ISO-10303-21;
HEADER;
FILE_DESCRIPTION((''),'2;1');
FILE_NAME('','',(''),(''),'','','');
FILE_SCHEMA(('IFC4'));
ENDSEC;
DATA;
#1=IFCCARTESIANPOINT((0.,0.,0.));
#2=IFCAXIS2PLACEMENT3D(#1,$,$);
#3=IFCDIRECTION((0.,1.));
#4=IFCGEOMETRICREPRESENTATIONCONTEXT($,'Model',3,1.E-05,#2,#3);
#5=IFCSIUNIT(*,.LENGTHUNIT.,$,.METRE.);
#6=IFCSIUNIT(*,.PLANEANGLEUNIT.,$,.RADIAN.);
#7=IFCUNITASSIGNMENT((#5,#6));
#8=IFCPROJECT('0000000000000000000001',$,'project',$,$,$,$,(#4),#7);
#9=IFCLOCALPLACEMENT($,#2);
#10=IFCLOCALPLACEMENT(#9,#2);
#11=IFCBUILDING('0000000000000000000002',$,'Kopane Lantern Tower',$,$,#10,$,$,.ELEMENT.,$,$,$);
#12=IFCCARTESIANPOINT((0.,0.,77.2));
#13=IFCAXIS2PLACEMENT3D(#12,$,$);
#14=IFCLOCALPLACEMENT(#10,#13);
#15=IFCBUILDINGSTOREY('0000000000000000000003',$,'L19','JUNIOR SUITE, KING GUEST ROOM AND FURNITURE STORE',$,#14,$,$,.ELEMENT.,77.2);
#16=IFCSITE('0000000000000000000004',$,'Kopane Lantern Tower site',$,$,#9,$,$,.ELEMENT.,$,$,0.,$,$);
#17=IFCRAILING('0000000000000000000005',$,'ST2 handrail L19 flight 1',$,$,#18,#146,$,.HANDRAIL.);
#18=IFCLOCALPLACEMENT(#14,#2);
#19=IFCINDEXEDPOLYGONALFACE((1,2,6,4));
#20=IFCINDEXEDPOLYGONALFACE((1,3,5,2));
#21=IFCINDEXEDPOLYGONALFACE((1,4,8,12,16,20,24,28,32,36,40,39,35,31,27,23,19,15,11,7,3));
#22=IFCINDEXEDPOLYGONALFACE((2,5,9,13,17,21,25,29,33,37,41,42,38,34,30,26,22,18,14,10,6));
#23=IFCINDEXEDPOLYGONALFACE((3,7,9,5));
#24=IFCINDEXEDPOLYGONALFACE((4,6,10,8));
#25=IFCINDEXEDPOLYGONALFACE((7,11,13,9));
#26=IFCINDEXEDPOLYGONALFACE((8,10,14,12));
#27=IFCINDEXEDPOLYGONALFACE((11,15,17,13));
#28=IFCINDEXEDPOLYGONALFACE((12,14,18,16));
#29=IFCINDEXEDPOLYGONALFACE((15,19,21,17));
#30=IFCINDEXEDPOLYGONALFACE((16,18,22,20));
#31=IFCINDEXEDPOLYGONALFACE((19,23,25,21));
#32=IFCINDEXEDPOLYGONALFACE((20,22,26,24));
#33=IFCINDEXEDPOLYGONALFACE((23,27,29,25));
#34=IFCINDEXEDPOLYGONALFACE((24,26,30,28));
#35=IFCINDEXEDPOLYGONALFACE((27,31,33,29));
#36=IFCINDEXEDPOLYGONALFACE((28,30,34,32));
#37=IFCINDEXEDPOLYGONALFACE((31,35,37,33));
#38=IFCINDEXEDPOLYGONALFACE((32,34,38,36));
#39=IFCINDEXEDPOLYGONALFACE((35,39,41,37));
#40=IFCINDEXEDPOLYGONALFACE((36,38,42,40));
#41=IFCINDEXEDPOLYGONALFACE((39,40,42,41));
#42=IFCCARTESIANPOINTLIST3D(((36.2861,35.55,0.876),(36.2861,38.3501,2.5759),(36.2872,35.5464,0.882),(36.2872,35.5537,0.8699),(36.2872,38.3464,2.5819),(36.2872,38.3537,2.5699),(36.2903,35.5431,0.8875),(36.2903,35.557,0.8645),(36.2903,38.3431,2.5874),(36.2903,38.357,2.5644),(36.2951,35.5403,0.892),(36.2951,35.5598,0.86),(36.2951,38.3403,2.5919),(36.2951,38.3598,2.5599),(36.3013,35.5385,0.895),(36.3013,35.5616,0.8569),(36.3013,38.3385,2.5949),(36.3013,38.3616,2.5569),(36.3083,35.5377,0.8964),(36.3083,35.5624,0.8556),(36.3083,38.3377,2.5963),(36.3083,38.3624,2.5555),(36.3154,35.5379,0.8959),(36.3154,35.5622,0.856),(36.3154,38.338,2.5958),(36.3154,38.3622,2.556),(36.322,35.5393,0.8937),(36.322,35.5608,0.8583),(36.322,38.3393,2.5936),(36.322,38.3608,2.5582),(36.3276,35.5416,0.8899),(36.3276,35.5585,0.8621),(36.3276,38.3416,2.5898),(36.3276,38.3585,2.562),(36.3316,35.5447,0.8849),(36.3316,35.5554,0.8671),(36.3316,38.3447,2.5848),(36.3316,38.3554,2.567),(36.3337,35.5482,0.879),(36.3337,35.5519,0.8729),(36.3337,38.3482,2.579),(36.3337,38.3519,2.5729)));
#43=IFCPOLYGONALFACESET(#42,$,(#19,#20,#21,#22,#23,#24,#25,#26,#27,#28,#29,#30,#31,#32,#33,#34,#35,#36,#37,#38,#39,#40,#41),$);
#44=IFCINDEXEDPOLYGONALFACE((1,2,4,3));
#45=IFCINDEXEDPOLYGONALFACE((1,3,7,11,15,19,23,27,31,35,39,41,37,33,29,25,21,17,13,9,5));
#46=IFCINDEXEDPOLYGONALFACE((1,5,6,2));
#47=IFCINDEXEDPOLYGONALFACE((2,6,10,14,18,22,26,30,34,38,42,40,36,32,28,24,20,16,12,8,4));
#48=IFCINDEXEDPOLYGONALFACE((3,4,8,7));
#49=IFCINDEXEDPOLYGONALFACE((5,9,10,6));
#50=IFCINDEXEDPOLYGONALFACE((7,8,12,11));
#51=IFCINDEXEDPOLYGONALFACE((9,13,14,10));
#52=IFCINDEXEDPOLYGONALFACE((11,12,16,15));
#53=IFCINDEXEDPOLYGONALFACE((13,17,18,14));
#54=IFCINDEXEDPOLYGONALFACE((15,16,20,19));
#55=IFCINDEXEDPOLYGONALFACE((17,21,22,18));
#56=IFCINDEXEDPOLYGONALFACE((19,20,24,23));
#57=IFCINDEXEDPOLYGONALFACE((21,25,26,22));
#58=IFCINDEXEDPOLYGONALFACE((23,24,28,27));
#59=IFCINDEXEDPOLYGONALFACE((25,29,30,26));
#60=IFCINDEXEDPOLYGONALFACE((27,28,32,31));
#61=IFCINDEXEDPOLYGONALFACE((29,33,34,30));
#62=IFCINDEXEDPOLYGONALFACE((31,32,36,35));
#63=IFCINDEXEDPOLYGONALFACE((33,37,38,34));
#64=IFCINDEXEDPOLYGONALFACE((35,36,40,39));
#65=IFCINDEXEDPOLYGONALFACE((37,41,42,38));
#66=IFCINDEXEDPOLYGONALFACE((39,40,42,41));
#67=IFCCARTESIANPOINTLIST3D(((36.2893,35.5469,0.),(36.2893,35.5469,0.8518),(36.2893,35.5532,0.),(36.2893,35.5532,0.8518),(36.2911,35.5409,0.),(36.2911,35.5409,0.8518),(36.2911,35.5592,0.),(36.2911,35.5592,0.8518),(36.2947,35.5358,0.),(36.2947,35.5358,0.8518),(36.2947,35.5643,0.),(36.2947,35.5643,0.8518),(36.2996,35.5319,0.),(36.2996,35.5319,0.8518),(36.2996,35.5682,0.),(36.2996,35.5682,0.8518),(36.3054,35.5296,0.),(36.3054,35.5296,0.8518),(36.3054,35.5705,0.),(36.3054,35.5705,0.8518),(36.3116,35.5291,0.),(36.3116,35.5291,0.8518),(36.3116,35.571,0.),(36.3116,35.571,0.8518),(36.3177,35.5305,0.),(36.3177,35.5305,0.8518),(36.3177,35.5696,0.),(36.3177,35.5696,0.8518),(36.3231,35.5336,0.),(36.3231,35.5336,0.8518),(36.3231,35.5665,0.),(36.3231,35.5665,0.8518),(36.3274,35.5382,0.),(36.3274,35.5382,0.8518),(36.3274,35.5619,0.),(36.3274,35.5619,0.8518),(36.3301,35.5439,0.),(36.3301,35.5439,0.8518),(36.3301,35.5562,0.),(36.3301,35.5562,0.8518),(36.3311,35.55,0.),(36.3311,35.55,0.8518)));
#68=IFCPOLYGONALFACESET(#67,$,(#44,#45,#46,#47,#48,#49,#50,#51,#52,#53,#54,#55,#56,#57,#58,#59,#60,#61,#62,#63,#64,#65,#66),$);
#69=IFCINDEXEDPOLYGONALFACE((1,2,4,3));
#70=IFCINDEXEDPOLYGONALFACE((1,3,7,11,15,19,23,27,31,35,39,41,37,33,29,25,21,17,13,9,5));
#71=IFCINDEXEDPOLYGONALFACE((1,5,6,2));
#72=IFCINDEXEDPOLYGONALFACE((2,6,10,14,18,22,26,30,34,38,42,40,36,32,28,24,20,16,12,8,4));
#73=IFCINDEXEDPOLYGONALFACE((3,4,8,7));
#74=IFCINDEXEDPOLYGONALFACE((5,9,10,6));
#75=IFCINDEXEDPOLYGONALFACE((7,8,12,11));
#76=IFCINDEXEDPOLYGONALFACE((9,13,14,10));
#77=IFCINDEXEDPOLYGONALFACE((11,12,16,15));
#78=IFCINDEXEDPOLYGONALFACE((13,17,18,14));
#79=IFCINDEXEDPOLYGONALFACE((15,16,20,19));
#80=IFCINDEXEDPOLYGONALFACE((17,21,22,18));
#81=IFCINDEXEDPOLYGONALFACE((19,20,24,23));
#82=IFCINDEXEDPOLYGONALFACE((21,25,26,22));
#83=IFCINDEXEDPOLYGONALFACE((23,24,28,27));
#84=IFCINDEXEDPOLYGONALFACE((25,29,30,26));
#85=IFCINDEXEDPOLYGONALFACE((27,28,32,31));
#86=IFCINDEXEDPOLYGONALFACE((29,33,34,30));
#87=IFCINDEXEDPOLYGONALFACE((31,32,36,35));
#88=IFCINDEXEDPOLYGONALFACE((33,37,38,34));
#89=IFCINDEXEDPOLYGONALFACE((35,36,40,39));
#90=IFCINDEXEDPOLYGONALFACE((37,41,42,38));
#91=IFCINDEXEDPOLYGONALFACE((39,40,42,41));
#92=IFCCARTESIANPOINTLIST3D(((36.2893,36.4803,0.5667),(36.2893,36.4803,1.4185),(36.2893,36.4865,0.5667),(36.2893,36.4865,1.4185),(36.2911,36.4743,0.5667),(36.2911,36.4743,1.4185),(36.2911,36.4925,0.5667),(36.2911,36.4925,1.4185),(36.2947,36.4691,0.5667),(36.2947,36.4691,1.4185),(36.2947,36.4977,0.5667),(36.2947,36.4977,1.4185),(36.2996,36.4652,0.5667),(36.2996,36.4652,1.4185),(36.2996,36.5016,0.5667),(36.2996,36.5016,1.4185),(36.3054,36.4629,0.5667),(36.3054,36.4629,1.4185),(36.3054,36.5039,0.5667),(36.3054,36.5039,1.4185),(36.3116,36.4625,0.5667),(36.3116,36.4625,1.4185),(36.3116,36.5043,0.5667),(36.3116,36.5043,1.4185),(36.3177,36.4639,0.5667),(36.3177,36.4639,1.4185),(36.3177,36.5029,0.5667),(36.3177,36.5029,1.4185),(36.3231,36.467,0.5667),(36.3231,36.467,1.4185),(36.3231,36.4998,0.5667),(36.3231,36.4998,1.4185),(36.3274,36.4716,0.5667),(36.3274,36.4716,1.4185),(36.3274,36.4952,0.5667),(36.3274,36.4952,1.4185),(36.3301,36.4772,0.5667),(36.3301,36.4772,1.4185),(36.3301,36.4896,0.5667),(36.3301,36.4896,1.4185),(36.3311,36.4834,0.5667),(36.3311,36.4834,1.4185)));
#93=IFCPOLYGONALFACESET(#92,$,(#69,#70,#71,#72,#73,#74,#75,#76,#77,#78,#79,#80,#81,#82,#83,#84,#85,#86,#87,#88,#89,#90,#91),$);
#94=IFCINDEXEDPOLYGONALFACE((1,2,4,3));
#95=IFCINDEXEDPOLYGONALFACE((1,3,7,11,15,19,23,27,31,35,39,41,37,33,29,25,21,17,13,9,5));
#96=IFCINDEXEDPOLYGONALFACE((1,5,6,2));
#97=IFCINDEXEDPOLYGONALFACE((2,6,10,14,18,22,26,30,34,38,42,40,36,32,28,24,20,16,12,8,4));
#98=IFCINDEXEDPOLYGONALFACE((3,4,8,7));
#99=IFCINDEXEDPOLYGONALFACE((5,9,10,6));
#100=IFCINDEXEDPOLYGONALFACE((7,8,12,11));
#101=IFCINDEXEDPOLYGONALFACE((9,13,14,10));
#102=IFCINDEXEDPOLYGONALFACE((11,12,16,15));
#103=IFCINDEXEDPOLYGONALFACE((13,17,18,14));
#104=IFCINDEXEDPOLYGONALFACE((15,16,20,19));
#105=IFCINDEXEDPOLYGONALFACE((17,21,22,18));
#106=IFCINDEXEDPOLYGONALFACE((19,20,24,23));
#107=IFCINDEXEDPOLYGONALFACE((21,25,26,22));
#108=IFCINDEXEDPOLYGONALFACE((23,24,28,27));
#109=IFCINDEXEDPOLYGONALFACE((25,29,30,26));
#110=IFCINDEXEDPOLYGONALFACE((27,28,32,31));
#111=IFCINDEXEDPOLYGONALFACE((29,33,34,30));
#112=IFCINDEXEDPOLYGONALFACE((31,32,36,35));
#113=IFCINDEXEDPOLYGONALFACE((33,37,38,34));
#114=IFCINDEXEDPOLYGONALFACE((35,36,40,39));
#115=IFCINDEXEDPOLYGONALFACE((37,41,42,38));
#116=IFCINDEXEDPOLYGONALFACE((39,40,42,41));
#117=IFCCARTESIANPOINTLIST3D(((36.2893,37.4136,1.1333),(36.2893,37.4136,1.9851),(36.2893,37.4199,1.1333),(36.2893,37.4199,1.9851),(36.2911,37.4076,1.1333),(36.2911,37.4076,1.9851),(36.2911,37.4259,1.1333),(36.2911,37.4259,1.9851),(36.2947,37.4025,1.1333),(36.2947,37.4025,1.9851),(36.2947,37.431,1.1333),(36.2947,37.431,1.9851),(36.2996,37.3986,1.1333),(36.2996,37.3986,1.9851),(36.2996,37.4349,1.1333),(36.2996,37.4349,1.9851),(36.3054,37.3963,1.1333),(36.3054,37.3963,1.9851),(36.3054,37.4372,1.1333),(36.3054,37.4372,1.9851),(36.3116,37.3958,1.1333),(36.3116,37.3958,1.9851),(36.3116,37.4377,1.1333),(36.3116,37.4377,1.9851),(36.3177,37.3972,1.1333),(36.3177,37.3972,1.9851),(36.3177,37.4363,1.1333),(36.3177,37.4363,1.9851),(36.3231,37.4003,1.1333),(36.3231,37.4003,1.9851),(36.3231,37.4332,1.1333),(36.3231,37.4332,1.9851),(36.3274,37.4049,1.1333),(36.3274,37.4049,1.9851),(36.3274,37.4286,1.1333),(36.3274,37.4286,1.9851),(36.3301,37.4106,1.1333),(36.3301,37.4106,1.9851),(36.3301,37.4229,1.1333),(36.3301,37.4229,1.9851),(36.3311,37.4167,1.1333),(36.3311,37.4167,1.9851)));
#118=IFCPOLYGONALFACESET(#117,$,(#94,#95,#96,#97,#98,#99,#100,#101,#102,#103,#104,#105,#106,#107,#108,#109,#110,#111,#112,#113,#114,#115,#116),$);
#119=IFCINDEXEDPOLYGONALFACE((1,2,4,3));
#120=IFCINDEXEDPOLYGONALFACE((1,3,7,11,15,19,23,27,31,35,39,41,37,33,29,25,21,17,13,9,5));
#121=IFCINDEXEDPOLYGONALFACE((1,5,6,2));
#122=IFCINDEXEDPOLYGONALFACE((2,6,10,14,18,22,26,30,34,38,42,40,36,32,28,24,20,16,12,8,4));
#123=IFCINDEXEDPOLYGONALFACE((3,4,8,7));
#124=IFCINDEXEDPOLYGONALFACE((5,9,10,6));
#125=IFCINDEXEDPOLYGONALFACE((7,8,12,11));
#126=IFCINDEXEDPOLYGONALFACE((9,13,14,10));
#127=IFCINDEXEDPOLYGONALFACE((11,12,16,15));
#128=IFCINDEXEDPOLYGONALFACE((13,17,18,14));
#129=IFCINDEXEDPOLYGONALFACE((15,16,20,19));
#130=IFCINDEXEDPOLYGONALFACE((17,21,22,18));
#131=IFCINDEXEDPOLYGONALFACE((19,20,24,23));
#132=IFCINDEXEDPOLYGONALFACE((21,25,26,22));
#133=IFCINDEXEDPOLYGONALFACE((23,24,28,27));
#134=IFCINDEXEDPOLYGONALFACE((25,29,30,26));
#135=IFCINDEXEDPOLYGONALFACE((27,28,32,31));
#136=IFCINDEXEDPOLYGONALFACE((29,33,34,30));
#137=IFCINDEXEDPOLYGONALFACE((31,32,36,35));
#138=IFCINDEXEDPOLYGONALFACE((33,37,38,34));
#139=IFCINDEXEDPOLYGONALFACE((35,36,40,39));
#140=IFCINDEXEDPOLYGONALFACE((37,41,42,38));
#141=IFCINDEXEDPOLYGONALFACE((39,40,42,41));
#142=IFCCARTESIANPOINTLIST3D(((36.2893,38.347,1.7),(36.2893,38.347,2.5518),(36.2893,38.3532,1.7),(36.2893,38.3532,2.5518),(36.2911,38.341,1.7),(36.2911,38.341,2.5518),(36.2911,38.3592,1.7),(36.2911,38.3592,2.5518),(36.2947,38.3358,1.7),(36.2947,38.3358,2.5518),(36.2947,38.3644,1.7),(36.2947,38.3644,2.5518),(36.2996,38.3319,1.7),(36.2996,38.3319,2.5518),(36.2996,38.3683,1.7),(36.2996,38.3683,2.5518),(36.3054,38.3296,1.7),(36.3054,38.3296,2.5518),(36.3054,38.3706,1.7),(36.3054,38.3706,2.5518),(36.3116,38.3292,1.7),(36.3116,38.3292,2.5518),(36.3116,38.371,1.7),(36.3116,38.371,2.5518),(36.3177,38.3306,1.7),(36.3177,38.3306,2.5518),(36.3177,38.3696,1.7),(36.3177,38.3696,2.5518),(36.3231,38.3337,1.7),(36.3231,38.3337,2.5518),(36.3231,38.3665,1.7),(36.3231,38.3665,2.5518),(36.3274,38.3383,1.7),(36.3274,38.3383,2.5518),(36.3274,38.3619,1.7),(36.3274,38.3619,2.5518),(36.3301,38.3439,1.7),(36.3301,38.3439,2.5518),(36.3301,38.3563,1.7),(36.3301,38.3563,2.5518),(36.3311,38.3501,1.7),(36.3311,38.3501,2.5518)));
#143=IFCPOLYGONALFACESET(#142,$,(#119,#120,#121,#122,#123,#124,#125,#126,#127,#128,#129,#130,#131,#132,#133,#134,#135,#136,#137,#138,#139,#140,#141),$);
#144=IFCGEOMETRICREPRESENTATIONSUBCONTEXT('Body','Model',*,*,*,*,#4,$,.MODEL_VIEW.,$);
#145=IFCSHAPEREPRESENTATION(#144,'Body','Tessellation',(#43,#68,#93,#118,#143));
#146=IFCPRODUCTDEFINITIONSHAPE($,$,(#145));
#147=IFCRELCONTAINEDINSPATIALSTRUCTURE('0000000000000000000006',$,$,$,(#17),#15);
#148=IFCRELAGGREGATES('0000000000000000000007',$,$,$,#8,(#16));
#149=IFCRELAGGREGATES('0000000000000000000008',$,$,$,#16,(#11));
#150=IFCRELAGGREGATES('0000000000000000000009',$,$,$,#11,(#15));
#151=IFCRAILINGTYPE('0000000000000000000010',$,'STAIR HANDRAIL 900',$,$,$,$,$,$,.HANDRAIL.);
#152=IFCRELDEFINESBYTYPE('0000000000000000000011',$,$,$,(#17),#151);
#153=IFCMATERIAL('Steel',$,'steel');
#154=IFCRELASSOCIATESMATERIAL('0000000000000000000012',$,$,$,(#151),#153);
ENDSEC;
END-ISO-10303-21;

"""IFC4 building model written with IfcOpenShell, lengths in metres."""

from ifc_helpers import new_model, si_unit, direction, frame, origin, origin_2d, place, context, subcontext, project, spatial, circle, extrude, material, type_object, element, save


model = new_model("IFC4")

# Units and contexts
model_context = context("Model", 3, precision=1e-05, world=origin(), true_north=direction((0.0, 1.0)))
body_context = subcontext(model_context, "Body", "Model", "MODEL_VIEW")
ifc_project = project(units=[si_unit("LENGTHUNIT", "METRE"), si_unit("PLANEANGLEUNIT", "RADIAN")], contexts=[model_context])

# Site, building, storey
site_placement = place(None, origin())
site = spatial("IfcSite", under=ifc_project, at=site_placement, Name="Kopane Lantern Tower site", CompositionType="ELEMENT", RefElevation=0.0)
building_placement = place(site_placement, origin())
building = spatial("IfcBuilding", under=site, at=building_placement, Name="Kopane Lantern Tower", CompositionType="ELEMENT")
storey_placement = place(building_placement, frame((0.0, 0.0, 77.2)))
storey = spatial("IfcBuildingStorey", under=building, at=storey_placement, Name="L19", Description="JUNIOR SUITE, KING GUEST ROOM AND FURNITURE STORE", CompositionType="ELEMENT", Elevation=77.2)

# Railing
ifc_material_1 = material(Name="Steel", Category="steel")
railing_type = type_object("IfcRailingType", Name="STAIR HANDRAIL 900", PredefinedType="HANDRAIL", material=ifc_material_1)
for number, where, name in (
    (1, (36.3101, 35.55, 0.0), "ST2 handrail L19 flight 1"),
):
    element("IfcRailing", number, at=place(storey_placement, frame(where)), inside=storey, type_object=railing_type, Name=name, PredefinedType="HANDRAIL", context=body_context, shape_type="SweptSolid", body=[
        extrude(circle(Radius=0.0239, at=origin_2d()), frame((0.0, 0.0, 0.876), z_axis=(0.0, 0.854798, 0.518961), x_axis=(-1.0, 0.0, 0.0)), (0.0, 0.0, 1.0), 3.2756),
        extrude(circle(Radius=0.021, at=origin_2d()), origin(), (0.0, 0.0, 1.0), 0.8518),
        extrude(circle(Radius=0.021, at=origin_2d()), frame((0.0, 0.9333, 0.5667)), (0.0, 0.0, 1.0), 0.8518),
        extrude(circle(Radius=0.021, at=origin_2d()), frame((0.0, 1.8667, 1.1333)), (0.0, 0.0, 1.0), 0.8518),
        extrude(circle(Radius=0.021, at=origin_2d()), frame((0.0, 2.8, 1.7)), (0.0, 0.0, 1.0), 0.8518),
    ])

save(model, "model.ifc")
